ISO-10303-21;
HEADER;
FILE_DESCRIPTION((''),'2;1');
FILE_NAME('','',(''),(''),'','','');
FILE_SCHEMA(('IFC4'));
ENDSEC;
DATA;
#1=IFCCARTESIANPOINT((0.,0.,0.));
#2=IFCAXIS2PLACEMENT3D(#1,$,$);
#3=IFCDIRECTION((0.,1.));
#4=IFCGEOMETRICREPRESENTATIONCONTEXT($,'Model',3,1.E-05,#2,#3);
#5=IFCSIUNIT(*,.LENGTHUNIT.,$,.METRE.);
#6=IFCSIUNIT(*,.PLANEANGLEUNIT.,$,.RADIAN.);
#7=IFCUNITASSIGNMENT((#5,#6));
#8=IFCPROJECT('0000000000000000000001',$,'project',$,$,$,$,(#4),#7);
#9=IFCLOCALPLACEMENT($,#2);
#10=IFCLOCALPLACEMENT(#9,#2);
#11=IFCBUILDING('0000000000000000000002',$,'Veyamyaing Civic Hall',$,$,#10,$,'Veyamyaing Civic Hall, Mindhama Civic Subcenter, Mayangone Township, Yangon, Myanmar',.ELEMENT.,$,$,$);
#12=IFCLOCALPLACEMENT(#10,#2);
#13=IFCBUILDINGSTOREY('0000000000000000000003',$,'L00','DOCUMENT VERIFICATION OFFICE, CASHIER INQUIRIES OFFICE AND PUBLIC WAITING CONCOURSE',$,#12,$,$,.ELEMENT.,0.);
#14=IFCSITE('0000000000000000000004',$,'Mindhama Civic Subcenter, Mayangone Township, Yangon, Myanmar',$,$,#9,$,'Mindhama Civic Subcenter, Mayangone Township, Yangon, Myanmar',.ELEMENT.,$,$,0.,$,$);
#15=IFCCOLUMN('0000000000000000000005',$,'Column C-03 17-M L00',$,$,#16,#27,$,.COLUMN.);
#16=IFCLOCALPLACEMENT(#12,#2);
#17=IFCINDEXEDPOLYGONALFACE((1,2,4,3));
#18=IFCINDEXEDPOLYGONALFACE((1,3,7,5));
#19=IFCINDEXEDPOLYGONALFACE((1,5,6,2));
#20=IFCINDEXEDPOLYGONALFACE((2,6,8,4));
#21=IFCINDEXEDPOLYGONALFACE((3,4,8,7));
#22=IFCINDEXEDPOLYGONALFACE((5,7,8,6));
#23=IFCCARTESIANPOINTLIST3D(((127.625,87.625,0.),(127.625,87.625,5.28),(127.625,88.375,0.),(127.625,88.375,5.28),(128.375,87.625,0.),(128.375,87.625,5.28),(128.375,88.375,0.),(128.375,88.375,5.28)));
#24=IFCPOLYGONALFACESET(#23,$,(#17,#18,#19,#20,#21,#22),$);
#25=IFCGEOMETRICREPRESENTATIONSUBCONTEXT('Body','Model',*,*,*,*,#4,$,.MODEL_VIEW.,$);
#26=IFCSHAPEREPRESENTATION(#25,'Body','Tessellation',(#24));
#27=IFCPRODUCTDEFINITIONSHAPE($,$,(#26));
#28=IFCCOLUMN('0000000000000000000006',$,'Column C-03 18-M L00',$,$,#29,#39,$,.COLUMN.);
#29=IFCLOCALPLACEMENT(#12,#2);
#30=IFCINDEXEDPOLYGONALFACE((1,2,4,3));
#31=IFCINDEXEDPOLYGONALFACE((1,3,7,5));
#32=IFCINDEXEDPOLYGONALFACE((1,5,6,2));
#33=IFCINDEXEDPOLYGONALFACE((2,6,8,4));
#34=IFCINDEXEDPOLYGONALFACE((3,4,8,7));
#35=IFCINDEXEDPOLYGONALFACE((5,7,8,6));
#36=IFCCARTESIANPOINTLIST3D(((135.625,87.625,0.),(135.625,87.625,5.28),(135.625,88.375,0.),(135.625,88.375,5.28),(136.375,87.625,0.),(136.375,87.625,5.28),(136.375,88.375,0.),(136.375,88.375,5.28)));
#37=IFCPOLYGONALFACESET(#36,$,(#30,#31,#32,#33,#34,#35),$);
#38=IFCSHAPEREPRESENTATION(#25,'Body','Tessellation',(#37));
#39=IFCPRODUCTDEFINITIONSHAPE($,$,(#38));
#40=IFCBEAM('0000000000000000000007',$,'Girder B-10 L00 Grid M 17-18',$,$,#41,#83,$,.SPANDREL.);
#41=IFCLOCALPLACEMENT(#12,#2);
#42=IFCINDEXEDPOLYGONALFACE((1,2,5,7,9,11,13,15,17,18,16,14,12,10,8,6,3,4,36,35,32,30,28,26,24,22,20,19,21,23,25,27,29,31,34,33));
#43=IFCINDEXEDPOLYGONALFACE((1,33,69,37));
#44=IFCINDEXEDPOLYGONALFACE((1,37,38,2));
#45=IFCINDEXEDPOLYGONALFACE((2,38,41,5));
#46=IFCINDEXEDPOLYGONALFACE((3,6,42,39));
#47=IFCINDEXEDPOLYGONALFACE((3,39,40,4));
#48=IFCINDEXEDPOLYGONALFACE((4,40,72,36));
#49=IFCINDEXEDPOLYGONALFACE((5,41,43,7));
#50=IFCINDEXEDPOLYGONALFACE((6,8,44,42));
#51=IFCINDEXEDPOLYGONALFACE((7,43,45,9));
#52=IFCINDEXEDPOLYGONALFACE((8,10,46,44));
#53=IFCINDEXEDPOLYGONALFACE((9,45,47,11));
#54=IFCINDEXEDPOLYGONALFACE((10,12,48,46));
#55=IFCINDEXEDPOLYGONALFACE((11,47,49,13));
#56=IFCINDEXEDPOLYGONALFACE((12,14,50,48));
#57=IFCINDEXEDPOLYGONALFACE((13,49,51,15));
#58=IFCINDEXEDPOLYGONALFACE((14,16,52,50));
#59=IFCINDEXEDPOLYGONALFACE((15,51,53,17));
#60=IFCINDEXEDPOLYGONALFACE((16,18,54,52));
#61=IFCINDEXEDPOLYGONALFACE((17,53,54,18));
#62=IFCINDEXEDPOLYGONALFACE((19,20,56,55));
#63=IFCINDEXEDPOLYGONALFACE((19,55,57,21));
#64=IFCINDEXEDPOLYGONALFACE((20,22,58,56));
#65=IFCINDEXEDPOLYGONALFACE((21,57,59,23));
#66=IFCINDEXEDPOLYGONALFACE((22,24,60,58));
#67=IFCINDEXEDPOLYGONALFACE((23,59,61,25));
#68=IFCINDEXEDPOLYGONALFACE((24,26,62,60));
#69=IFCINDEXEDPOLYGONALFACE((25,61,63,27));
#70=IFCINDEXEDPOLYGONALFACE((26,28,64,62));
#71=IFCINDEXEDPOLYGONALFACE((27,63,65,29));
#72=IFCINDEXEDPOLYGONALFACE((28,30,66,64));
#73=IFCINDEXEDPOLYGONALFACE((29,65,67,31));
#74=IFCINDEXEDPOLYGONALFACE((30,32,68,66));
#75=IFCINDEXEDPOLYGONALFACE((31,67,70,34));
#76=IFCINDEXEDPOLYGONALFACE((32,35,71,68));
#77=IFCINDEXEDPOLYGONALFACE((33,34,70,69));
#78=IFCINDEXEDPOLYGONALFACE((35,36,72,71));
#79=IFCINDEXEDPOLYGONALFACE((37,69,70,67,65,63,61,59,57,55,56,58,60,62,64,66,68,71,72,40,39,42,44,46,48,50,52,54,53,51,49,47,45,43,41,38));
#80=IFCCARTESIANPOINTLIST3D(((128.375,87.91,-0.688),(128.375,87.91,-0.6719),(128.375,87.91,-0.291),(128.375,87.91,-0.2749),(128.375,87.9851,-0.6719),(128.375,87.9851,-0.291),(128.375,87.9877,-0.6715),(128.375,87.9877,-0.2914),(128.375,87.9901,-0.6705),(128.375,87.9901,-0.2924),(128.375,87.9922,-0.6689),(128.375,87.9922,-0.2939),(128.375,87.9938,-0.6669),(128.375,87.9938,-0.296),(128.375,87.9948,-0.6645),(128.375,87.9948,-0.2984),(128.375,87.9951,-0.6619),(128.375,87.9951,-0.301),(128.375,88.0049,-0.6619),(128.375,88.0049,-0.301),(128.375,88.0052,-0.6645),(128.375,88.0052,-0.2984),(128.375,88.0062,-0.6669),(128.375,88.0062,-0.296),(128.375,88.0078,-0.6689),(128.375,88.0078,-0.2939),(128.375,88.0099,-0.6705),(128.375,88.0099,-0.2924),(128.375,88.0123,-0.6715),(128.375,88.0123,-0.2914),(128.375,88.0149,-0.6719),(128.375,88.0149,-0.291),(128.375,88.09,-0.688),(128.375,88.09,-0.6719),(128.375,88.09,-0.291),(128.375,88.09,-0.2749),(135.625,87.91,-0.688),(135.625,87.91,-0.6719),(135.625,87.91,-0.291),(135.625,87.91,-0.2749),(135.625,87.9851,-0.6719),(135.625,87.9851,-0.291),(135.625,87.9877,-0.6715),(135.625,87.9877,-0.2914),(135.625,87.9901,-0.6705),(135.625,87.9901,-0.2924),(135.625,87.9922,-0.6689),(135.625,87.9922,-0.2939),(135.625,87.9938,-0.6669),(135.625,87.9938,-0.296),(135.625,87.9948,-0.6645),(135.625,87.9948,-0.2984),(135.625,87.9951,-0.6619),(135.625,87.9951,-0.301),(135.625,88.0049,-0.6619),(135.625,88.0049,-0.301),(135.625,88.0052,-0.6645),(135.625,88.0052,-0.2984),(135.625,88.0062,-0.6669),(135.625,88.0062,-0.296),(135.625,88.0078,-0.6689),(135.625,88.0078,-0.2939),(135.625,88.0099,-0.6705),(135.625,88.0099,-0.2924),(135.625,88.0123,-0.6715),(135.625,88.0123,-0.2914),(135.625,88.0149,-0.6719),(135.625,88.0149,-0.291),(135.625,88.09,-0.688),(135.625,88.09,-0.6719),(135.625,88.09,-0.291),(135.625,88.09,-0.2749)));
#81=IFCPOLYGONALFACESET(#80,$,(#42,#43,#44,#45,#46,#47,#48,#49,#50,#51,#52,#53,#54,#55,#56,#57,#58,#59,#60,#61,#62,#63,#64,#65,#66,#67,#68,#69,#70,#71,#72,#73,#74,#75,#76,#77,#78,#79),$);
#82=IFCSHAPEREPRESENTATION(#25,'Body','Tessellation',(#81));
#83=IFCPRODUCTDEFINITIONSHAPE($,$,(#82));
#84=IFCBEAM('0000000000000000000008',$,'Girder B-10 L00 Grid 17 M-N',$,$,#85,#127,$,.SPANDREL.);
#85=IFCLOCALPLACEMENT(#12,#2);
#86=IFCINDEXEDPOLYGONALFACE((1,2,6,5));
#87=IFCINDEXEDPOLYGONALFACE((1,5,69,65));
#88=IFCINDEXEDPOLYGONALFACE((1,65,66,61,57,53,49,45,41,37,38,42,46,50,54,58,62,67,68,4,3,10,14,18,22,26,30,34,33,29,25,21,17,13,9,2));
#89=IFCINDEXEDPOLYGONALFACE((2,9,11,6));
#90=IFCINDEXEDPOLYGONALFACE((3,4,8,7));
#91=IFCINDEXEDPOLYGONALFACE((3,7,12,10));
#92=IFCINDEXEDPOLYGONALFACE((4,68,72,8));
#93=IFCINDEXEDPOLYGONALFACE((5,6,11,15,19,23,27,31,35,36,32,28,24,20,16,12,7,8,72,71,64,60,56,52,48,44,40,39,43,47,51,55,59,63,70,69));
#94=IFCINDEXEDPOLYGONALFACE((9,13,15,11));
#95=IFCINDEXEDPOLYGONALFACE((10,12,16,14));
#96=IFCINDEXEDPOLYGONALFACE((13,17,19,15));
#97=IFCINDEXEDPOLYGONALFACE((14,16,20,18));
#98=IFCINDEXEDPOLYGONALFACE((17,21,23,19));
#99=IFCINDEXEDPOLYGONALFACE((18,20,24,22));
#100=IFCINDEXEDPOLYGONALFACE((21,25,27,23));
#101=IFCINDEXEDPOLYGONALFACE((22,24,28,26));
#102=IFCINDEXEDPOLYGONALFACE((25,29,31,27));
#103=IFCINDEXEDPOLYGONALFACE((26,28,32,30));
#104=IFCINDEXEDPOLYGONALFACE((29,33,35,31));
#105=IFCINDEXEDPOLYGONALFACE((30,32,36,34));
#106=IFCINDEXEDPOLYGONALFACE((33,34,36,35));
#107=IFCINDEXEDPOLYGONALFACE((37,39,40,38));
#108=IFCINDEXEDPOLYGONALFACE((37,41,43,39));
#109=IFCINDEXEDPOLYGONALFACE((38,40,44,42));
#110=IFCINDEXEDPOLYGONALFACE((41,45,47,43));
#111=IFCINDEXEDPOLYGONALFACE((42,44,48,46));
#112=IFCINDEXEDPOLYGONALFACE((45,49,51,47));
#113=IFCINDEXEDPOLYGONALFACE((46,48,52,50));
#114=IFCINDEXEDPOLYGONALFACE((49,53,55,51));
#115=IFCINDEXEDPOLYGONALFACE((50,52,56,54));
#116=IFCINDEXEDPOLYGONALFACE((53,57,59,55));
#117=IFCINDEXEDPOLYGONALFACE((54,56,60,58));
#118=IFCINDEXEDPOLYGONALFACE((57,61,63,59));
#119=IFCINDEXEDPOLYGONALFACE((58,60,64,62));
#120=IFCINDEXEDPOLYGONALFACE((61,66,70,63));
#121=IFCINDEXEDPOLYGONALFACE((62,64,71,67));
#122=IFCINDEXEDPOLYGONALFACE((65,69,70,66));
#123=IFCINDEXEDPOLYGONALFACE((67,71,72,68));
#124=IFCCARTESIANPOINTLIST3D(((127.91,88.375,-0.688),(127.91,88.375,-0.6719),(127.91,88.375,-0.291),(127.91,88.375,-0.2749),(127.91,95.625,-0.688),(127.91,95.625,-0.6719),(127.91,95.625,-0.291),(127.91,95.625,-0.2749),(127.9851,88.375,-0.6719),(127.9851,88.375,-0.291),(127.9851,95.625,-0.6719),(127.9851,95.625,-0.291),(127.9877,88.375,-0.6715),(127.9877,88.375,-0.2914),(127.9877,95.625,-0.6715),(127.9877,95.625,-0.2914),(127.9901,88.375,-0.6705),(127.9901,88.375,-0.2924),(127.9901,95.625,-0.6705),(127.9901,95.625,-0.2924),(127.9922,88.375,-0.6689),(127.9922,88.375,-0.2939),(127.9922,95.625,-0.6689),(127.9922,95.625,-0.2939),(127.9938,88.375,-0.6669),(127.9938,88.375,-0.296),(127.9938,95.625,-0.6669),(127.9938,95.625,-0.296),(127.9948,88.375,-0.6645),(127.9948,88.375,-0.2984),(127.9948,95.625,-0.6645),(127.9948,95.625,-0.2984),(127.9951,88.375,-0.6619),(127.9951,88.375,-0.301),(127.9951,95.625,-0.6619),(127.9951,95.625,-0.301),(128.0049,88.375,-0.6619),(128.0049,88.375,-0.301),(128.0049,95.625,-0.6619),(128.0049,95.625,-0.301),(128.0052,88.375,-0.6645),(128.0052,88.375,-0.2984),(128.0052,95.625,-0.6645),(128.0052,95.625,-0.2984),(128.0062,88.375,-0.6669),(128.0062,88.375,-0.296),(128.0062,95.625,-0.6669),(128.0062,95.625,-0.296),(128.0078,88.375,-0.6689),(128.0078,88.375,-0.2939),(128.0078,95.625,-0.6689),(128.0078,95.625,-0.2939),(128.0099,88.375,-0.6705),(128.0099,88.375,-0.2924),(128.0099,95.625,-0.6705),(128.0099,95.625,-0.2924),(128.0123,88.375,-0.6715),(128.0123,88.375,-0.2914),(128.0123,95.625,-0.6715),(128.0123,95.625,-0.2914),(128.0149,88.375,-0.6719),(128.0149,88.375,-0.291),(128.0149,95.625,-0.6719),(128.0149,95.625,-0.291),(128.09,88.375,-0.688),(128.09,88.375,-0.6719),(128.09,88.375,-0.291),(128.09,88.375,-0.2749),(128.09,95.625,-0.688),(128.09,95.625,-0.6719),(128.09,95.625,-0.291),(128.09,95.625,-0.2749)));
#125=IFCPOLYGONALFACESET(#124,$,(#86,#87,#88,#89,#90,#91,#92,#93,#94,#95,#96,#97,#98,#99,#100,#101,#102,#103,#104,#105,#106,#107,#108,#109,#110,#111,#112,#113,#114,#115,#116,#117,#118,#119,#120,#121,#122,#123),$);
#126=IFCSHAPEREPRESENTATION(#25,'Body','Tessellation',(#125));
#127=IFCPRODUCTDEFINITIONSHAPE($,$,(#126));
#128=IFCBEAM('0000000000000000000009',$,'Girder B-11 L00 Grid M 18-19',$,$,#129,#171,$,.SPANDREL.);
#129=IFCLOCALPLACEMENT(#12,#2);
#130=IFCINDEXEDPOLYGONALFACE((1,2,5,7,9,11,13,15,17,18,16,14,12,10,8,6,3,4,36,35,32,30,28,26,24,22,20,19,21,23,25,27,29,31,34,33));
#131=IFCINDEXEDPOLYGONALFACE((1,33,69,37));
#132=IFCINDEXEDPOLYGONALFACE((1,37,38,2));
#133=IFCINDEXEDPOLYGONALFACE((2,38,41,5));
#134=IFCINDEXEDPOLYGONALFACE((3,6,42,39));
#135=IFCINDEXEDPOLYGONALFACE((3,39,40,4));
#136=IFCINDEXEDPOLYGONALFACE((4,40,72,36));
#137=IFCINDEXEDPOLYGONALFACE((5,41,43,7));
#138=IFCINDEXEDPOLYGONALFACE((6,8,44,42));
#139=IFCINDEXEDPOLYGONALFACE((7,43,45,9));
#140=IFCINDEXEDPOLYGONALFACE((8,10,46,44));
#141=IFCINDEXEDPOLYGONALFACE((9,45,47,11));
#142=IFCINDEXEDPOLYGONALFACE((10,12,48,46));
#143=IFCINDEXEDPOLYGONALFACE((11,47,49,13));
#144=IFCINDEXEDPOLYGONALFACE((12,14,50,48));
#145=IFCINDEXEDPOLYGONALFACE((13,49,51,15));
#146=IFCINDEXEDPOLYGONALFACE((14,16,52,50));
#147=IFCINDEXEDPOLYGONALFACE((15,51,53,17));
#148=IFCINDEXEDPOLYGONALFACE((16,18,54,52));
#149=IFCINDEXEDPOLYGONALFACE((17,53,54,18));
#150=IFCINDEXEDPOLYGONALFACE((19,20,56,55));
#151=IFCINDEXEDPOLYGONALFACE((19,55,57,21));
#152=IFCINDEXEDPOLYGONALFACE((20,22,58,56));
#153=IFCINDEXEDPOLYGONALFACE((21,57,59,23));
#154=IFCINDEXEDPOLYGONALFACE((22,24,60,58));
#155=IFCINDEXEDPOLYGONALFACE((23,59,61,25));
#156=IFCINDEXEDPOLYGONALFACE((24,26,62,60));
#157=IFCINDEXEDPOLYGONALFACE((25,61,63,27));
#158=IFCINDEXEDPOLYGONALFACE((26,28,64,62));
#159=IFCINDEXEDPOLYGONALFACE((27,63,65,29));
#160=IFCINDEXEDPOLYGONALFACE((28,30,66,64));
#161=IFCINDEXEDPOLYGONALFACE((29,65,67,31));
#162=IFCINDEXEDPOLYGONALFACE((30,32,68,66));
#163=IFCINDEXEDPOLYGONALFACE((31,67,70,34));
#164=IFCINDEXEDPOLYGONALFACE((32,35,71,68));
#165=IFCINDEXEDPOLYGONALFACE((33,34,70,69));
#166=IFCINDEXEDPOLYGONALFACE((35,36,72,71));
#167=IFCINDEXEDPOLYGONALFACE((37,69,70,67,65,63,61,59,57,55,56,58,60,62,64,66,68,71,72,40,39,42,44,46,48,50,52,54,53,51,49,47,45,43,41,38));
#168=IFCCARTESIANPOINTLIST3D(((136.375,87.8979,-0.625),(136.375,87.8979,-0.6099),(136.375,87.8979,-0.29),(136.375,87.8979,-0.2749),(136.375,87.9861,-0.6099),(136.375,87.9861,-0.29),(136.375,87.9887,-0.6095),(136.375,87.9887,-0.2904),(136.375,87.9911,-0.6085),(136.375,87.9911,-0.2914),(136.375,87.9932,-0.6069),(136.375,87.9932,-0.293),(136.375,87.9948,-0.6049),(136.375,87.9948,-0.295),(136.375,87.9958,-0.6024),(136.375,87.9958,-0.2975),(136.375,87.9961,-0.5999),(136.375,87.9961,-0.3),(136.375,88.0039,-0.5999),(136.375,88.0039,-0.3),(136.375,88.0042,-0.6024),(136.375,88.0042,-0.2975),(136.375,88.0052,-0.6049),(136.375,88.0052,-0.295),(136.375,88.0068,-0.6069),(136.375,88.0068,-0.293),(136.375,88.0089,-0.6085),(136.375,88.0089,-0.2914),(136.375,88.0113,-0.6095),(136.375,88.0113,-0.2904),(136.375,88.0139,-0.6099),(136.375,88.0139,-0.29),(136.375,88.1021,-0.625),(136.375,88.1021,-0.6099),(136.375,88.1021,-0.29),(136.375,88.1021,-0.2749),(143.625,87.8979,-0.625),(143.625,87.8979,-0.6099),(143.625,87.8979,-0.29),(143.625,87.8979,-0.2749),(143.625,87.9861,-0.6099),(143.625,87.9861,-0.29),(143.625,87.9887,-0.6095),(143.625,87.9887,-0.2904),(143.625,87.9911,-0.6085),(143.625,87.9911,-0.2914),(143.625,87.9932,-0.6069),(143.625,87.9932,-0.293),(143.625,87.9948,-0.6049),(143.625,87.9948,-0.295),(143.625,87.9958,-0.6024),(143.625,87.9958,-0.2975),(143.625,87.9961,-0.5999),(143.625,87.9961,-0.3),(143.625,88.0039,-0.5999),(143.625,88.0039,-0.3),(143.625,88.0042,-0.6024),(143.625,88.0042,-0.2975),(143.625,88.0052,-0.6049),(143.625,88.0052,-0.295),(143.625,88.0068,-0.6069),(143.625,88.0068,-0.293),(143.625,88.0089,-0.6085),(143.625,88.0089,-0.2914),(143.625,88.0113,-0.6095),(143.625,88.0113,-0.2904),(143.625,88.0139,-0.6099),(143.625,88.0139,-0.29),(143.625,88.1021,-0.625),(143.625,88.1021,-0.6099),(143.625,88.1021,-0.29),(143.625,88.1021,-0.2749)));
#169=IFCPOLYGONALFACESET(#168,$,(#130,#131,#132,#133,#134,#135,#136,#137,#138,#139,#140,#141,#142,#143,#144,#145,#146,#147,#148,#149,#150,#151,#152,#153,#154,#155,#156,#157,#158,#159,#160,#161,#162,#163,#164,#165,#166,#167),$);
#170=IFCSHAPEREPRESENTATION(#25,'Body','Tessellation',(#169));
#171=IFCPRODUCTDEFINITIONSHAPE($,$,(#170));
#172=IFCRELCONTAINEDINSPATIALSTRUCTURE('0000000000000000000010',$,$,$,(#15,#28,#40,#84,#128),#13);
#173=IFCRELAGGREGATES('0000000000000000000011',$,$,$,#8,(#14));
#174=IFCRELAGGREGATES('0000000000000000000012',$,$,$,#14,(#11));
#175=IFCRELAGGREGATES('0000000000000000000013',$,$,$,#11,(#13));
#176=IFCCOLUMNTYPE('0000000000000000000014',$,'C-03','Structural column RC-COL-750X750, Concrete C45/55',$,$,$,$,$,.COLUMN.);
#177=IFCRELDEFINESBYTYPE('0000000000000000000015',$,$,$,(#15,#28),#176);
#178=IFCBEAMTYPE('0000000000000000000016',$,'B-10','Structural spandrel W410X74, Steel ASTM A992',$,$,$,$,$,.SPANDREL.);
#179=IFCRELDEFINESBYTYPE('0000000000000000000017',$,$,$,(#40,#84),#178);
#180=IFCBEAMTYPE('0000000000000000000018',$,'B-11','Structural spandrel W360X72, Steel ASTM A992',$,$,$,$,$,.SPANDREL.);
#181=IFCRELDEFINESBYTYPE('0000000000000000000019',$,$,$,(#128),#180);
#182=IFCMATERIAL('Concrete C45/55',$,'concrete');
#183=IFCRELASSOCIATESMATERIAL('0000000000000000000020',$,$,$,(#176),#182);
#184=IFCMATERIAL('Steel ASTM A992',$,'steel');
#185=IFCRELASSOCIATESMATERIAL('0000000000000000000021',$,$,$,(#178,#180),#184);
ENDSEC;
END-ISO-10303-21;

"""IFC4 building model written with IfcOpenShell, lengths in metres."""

from ifc_helpers import new_model, si_unit, direction, frame, origin, origin_2d, place, context, subcontext, project, spatial, rectangle, i_section, extrude, material, material_profile, profile_set, type_object, element, save


model = new_model("IFC4")

# Units and contexts
model_context = context("Model", 3, precision=1e-05, world=origin(), true_north=direction((0.0, 1.0)))
body_context = subcontext(model_context, "Body", "Model", "MODEL_VIEW")
ifc_project = project(units=[si_unit("LENGTHUNIT", "METRE"), si_unit("PLANEANGLEUNIT", "RADIAN")], contexts=[model_context])

# Site, building, storey
site_placement = place(None, origin())
site = spatial("IfcSite", under=ifc_project, at=site_placement, Name="Mindhama Civic Subcenter, Mayangone Township, Yangon, Myanmar", LongName="Mindhama Civic Subcenter, Mayangone Township, Yangon, Myanmar", CompositionType="ELEMENT", RefElevation=0.0)
building_placement = place(site_placement, origin())
building = spatial("IfcBuilding", under=site, at=building_placement, Name="Veyamyaing Civic Hall", LongName="Veyamyaing Civic Hall, Mindhama Civic Subcenter, Mayangone Township, Yangon, Myanmar", CompositionType="ELEMENT")
storey_placement = place(building_placement, origin())
storey = spatial("IfcBuildingStorey", under=building, at=storey_placement, Name="L00", Description="DOCUMENT VERIFICATION OFFICE, CASHIER INQUIRIES OFFICE AND PUBLIC WAITING CONCOURSE", CompositionType="ELEMENT", Elevation=0.0)

# Columns
ifc_material_1 = material(Name="Concrete C45/55", Category="concrete")
ifc_material_profile_1 = material_profile(ifc_material_1, rectangle(XDim=0.75, YDim=0.75, at=origin_2d()), Name="RC-COL-750X750")
ifc_profile_set_1 = profile_set([ifc_material_profile_1], Name="Concrete C45/55")
column_type = type_object("IfcColumnType", Name="C-03", Description="Structural column RC-COL-750X750, Concrete C45/55", PredefinedType="COLUMN", material=ifc_profile_set_1)
for number, where, z_axis, x_axis, name in (
    (1, (128.0, 88.0, 0.0), (0.0, 0.0, 1.0), (1.0, 0.0, 0.0), "Column C-03 17-M L00"),
    (2, (136.0, 88.0, 0.0), (0.0, 0.0, 1.0), (1.0, 0.0, 0.0), "Column C-03 18-M L00"),
):
    element("IfcColumn", number, at=place(storey_placement, frame(where, z_axis=z_axis, x_axis=x_axis)), inside=storey, type_object=column_type, Name=name, PredefinedType="COLUMN", context=body_context, shape_type="SweptSolid", body=[
        extrude(rectangle(XDim=0.75, YDim=0.75, at=origin_2d()), origin(), (0.0, 0.0, 1.0), 5.28),
    ])

# Beams
ifc_material_2 = material(Name="Steel ASTM A992", Category="steel")
ifc_material_profile_2 = material_profile(ifc_material_2, i_section(OverallWidth=0.1799, OverallDepth=0.4131, WebThickness=0.0098, FlangeThickness=0.0161, FilletRadius=0.01, at=origin_2d()), Name="W410X74")
ifc_profile_set_2 = profile_set([ifc_material_profile_2], Name="Steel ASTM A992")
beam_type_1 = type_object("IfcBeamType", Name="B-10", Description="Structural spandrel W410X74, Steel ASTM A992", PredefinedType="SPANDREL", material=ifc_profile_set_2)
for number, where, z_axis, x_axis, name in (
    (3, (128.375, 88.0, -0.4814), (1.0, 0.0, 0.0), (0.0, 1.0, 0.0), "Girder B-10 L00 Grid M 17-18"),
    (4, (128.0, 88.375, -0.4814), (0.0, 1.0, 0.0), (-1.0, 0.0, 0.0), "Girder B-10 L00 Grid 17 M-N"),
):
    element("IfcBeam", number, at=place(storey_placement, frame(where, z_axis=z_axis, x_axis=x_axis)), inside=storey, type_object=beam_type_1, Name=name, PredefinedType="SPANDREL", context=body_context, shape_type="SweptSolid", body=[
        extrude(i_section(OverallWidth=0.1799, OverallDepth=0.4131, WebThickness=0.0098, FlangeThickness=0.0161, FilletRadius=0.01, at=origin_2d()), origin(), (0.0, 0.0, 1.0), 7.25),
    ])
ifc_material_profile_3 = material_profile(ifc_material_2, i_section(OverallWidth=0.2041, OverallDepth=0.3501, WebThickness=0.0078, FlangeThickness=0.0151, FilletRadius=0.01, at=origin_2d()), Name="W360X72")
ifc_profile_set_3 = profile_set([ifc_material_profile_3], Name="Steel ASTM A992")
beam_type_2 = type_object("IfcBeamType", Name="B-11", Description="Structural spandrel W360X72, Steel ASTM A992", PredefinedType="SPANDREL", material=ifc_profile_set_3)
beam_placement = place(storey_placement, frame((136.375, 88.0, -0.45), z_axis=(1.0, 0.0, 0.0), x_axis=(0.0, 1.0, 0.0)))
element("IfcBeam", 5, at=beam_placement, inside=storey, type_object=beam_type_2, Name="Girder B-11 L00 Grid M 18-19", PredefinedType="SPANDREL", context=body_context, shape_type="SweptSolid", body=[
    extrude(i_section(OverallWidth=0.2041, OverallDepth=0.3501, WebThickness=0.0078, FlangeThickness=0.0151, FilletRadius=0.01, at=origin_2d()), origin(), (0.0, 0.0, 1.0), 7.25),
])

save(model, "model.ifc")
